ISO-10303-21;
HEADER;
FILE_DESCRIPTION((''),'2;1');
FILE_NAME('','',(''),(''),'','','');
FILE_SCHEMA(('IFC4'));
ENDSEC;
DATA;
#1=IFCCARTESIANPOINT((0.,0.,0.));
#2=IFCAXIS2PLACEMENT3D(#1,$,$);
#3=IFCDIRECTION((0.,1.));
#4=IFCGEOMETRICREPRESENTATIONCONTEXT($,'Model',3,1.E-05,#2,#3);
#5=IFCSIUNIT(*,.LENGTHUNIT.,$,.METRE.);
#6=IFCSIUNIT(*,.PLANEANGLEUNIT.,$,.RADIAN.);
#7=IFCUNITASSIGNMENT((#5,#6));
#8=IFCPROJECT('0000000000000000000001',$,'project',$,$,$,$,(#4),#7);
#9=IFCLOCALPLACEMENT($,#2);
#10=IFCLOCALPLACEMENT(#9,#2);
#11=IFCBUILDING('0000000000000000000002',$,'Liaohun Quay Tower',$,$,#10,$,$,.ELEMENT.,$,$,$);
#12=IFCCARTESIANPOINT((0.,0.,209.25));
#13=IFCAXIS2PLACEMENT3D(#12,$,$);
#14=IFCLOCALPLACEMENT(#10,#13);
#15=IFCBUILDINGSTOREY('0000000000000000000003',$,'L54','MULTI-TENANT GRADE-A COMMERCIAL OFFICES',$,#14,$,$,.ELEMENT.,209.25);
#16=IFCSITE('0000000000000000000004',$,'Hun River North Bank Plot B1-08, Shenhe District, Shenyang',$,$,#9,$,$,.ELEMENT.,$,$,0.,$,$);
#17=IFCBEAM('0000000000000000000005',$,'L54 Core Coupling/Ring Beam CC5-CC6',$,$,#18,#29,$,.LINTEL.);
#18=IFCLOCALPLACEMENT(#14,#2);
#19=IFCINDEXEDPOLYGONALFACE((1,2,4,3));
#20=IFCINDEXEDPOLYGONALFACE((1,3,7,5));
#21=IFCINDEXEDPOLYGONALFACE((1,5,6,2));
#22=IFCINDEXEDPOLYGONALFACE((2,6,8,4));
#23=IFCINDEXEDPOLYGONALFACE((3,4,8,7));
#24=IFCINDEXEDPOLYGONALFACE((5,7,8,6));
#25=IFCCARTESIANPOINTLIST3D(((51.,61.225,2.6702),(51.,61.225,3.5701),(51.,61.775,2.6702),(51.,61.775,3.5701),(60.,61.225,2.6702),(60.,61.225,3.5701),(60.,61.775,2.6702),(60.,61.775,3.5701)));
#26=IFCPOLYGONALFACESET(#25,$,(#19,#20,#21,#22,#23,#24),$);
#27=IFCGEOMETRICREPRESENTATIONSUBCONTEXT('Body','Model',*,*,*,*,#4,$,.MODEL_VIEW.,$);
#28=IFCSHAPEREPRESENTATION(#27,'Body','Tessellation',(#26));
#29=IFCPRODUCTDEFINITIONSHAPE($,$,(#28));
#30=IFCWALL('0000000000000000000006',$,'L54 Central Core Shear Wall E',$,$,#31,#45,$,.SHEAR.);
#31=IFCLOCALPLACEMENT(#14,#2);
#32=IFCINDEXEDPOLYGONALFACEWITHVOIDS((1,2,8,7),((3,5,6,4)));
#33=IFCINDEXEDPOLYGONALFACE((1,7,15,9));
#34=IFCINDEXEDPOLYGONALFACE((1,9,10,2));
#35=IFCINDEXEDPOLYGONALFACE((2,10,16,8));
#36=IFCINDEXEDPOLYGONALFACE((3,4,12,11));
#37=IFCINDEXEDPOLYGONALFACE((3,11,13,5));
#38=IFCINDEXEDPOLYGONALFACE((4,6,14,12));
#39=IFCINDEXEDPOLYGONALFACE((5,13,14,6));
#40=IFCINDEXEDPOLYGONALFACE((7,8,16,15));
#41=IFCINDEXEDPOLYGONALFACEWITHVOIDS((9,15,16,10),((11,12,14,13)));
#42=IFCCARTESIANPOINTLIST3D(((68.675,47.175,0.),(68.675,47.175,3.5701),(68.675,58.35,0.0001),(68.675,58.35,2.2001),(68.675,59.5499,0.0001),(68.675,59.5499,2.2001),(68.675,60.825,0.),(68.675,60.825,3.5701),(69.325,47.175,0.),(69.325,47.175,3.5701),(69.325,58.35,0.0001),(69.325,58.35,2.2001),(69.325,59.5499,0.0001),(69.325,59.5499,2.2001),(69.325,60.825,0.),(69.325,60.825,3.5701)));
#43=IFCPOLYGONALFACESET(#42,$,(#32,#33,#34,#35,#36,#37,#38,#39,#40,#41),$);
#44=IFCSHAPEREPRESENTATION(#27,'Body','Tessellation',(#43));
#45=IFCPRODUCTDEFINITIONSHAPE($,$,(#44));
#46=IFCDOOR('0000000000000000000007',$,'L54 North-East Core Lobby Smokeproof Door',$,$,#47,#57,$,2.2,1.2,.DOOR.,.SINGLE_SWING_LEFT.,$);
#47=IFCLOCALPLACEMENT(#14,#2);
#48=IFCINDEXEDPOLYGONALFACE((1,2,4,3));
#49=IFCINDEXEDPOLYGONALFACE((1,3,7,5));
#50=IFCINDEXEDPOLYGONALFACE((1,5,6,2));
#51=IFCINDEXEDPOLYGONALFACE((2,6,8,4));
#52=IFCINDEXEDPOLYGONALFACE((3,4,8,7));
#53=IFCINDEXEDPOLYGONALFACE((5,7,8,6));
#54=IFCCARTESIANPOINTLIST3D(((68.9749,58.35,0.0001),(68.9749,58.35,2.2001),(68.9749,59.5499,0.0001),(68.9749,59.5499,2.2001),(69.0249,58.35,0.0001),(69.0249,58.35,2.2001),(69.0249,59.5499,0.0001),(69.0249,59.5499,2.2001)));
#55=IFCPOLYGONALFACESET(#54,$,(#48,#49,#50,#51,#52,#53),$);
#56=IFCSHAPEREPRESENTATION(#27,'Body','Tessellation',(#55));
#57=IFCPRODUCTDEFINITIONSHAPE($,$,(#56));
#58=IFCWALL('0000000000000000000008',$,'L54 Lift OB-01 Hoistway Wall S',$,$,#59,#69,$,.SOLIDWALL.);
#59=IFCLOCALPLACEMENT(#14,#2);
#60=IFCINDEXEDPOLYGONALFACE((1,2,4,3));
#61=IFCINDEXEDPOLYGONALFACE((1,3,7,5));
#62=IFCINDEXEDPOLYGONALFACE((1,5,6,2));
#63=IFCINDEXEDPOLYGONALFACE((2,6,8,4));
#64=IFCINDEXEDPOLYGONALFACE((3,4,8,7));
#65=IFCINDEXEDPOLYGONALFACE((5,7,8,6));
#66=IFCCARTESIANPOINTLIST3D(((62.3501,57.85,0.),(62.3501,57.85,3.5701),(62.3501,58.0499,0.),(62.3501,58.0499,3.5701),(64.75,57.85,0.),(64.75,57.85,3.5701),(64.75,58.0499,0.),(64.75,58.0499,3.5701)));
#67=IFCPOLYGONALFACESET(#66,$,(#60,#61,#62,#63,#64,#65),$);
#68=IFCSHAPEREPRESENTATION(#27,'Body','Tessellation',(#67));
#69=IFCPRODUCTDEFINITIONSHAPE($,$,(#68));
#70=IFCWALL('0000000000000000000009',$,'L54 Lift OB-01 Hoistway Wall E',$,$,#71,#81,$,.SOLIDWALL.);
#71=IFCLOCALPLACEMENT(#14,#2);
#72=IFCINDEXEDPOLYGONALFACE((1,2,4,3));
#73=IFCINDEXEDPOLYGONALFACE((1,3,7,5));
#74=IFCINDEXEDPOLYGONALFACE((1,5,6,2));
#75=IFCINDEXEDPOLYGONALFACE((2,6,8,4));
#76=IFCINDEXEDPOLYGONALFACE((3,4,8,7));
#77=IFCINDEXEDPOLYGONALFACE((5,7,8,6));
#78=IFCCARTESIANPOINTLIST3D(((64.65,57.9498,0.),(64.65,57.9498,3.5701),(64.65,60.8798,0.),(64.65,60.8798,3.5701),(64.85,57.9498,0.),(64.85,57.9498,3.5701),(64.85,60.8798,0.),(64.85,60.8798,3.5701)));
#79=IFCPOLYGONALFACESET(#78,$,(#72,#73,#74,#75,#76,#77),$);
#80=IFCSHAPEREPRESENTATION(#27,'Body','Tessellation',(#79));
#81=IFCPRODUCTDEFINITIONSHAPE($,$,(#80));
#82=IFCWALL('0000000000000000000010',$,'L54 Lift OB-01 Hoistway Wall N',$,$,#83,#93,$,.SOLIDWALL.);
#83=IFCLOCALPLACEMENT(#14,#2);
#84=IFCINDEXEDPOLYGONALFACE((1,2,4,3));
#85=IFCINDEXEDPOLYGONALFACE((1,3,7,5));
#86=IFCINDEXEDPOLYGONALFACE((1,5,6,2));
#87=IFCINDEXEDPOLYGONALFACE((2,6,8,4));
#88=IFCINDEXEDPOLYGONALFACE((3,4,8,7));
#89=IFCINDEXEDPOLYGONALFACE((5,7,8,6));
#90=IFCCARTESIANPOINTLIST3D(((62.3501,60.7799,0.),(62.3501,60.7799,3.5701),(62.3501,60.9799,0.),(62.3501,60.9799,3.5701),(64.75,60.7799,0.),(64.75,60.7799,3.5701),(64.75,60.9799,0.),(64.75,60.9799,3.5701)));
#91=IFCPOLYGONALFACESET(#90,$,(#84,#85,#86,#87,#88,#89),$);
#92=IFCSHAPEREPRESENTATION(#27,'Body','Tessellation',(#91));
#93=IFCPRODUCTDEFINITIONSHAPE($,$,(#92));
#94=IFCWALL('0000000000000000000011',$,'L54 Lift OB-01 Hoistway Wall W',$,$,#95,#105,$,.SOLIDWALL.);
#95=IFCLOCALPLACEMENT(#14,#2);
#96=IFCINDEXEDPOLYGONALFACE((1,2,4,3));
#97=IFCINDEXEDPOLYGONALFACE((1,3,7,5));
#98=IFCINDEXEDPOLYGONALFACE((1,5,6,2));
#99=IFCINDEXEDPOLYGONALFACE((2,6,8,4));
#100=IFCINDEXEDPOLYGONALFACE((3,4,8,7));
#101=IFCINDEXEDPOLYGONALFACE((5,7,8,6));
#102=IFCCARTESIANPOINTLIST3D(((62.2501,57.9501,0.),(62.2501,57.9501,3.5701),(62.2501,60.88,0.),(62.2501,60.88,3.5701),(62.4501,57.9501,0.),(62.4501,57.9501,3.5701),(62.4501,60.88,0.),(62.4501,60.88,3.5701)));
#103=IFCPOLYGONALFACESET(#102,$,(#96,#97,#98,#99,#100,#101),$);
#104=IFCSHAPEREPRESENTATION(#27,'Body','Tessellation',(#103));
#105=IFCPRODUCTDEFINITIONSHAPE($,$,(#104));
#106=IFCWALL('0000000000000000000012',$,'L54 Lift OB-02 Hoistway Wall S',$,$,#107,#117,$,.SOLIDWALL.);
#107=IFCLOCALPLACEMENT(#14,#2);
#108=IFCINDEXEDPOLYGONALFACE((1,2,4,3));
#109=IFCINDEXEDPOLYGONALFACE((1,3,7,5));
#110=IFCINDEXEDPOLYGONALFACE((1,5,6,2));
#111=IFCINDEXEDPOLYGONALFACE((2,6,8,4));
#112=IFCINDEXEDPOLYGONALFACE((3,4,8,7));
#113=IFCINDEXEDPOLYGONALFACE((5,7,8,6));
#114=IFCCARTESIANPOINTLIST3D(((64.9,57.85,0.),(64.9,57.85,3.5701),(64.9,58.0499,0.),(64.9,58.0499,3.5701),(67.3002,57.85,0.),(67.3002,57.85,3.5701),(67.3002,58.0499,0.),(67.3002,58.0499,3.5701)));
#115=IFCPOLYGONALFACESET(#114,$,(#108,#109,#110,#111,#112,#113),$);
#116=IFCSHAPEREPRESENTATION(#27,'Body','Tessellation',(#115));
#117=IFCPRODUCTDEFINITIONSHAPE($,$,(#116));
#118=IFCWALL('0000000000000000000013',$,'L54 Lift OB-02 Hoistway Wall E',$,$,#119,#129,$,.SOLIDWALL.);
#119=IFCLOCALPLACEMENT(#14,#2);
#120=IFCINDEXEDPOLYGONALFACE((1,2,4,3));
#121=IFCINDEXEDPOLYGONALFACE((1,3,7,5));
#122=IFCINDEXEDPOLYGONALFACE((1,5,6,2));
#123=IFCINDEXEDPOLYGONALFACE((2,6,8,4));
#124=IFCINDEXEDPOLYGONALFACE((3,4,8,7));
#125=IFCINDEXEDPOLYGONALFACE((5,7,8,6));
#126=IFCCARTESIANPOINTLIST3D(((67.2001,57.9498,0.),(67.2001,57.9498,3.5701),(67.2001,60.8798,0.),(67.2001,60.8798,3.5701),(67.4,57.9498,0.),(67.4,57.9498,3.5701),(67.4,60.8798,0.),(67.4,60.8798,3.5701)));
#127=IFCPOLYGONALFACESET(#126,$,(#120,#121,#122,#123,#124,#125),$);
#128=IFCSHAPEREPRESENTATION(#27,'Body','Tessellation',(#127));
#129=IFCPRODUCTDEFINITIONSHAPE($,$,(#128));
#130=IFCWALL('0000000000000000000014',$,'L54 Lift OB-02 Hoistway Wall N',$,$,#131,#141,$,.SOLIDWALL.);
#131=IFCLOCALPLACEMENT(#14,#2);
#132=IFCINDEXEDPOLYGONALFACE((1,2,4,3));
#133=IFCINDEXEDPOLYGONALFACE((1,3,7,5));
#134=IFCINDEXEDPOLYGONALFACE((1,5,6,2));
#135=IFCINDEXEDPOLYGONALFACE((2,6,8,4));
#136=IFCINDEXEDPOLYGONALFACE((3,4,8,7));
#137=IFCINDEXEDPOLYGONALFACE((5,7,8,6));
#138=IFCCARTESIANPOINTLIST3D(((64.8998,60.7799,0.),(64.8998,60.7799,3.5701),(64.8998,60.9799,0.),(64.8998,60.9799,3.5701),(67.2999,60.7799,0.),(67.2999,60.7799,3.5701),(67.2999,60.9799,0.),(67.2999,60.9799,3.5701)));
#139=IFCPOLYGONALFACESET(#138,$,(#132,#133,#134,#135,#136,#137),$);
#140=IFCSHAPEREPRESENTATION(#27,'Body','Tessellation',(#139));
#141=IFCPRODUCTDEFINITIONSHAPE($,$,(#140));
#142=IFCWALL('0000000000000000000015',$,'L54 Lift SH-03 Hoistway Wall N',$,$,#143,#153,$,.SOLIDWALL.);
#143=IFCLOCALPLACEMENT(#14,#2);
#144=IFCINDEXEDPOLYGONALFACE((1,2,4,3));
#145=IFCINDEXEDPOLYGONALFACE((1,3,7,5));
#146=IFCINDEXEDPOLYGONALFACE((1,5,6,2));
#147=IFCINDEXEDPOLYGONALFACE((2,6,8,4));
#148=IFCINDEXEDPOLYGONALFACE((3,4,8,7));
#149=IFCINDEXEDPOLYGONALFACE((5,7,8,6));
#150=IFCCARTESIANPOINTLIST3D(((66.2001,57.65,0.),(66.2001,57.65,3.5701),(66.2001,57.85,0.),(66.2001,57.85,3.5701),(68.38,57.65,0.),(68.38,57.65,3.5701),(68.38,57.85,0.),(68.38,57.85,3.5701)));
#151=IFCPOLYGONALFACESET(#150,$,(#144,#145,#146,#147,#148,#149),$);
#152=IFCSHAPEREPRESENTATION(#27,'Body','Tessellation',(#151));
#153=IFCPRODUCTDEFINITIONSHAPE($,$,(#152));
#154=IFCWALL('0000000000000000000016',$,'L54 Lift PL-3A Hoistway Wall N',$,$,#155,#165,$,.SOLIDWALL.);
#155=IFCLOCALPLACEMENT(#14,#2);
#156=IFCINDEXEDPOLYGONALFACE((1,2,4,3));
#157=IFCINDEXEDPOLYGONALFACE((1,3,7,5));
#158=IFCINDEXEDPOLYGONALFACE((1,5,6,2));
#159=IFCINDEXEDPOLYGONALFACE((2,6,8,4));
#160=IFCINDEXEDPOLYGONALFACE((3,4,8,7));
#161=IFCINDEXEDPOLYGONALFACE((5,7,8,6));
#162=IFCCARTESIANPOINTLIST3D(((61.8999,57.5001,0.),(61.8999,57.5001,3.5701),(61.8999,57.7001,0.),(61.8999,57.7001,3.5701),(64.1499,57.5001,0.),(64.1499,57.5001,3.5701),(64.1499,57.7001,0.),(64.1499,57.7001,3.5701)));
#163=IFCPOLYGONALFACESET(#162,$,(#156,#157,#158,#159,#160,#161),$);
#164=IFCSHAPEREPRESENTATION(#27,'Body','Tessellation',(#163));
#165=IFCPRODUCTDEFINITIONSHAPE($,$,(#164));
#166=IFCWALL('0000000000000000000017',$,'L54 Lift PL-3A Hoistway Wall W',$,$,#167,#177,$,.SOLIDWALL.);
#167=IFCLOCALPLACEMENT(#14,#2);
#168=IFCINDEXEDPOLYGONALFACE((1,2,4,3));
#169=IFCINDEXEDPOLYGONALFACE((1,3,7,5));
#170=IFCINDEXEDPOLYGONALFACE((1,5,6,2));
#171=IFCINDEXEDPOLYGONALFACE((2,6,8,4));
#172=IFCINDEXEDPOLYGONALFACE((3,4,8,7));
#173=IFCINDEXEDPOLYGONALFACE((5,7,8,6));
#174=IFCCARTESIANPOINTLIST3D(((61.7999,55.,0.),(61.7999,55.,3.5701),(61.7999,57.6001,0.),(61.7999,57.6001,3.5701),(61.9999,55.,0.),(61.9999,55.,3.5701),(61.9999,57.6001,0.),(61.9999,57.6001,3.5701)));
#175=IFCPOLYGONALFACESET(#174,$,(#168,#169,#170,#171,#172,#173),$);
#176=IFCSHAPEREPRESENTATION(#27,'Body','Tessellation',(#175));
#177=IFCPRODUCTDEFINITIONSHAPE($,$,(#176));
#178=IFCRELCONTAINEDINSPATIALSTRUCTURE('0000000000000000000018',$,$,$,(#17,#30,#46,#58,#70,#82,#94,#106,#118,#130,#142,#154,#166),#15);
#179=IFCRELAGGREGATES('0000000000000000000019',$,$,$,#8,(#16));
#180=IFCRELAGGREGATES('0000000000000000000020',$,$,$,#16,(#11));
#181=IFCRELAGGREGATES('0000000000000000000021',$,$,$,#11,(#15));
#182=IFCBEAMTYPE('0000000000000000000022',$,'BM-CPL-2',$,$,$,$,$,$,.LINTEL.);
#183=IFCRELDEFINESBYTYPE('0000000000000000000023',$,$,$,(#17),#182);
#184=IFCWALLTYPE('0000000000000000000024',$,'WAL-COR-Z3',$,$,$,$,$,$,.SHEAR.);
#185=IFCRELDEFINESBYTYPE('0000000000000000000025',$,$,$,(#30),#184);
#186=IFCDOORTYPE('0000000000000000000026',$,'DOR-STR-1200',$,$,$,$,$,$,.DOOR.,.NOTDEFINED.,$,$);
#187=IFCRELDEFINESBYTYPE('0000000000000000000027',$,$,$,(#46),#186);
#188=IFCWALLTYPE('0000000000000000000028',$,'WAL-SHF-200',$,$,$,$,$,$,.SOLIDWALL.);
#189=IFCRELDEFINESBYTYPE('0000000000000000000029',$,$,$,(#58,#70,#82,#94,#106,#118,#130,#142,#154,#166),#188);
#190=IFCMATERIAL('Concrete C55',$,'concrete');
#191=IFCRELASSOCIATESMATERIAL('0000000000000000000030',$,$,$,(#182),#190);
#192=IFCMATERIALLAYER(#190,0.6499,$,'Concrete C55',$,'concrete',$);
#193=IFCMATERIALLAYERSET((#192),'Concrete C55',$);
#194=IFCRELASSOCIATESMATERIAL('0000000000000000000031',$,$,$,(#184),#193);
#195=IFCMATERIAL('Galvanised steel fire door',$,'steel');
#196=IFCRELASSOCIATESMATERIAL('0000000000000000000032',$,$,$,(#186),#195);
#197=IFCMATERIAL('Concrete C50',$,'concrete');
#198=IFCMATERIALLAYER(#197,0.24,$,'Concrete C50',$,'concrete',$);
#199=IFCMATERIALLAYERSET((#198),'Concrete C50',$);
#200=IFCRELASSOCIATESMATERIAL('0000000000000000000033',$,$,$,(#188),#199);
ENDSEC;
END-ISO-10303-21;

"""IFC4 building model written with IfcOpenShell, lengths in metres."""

from ifc_helpers import new_model, si_unit, direction, frame, frame_2d, origin, origin_2d, place, context, subcontext, project, spatial, rectangle, extrude, source, transform, mapped, material, layer, layer_set, material_profile, profile_set, type_object, element, fill, save


model = new_model("IFC4")

# Units and contexts
model_context = context("Model", 3, precision=1e-05, world=origin(), true_north=direction((0.0, 1.0)))
body_context = subcontext(model_context, "Body", "Model", "MODEL_VIEW")
ifc_project = project(units=[si_unit("LENGTHUNIT", "METRE"), si_unit("PLANEANGLEUNIT", "RADIAN")], contexts=[model_context])

# Site, building, storey
site_placement = place(None, origin())
site = spatial("IfcSite", under=ifc_project, at=site_placement, Name="Hun River North Bank Plot B1-08, Shenhe District, Shenyang", CompositionType="ELEMENT", RefElevation=0.0)
building_placement = place(site_placement, origin())
building = spatial("IfcBuilding", under=site, at=building_placement, Name="Liaohun Quay Tower", CompositionType="ELEMENT")
storey_placement = place(building_placement, frame((0.0, 0.0, 209.25)))
storey = spatial("IfcBuildingStorey", under=building, at=storey_placement, Name="L54", Description="MULTI-TENANT GRADE-A COMMERCIAL OFFICES", CompositionType="ELEMENT", Elevation=209.25)

# Beam
ifc_material_1 = material(Name="Concrete C55", Category="concrete")
ifc_material_profile = material_profile(ifc_material_1, rectangle(XDim=0.55, YDim=0.8999, at=origin_2d()), Name="RC550x900")
ifc_profile_set = profile_set([ifc_material_profile], Name="Concrete C55")
beam_type = type_object("IfcBeamType", Name="BM-CPL-2", PredefinedType="LINTEL", material=ifc_profile_set)
shared_shape_1 = source(origin(), body_context, "Body", "SweptSolid", [
    extrude(rectangle(XDim=0.55, YDim=0.8999, at=origin_2d()), origin(), (0.0, 0.0, 1.0), 9.0),
])
beam_placement = place(storey_placement, frame((60.0, 61.5, 3.1201), z_axis=(-1.0, 0.0, 0.0), x_axis=(0.0, -1.0, 0.0)))
element("IfcBeam", 1, at=beam_placement, inside=storey, type_object=beam_type, Name="L54 Core Coupling/Ring Beam CC5-CC6", PredefinedType="LINTEL", context=body_context, shape_type="MappedRepresentation", body=[
    mapped(shared_shape_1, transform((0.0, 0.0, 0.0), x_axis=(1.0, 0.0, 0.0), y_axis=(0.0, 1.0, 0.0), z_axis=(0.0, 0.0, 1.0), scale=1.0)),
])

# Wall, opening, door
ifc_layer_1 = layer(ifc_material_1, 0.6499, Name="Concrete C55", Category="concrete")
ifc_layer_set_1 = layer_set([ifc_layer_1], Name="Concrete C55")
wall_type_1 = type_object("IfcWallType", Name="WAL-COR-Z3", PredefinedType="SHEAR", material=ifc_layer_set_1)
wall_1_placement = place(storey_placement, frame((69.0, 60.825, 0.0), z_axis=(0.0, 0.0, 1.0), x_axis=(0.0, -1.0, 0.0)))
wall_1 = element("IfcWall", 2, at=wall_1_placement, inside=storey, type_object=wall_type_1, Name="L54 Central Core Shear Wall E", PredefinedType="SHEAR", context=body_context, shape_type="SweptSolid", body=[
    extrude(rectangle(XDim=13.6499, YDim=0.6499, at=frame_2d((6.825, 0.0))), origin(), (0.0, 0.0, 1.0), 3.5701),
])
shared_shape_2 = source(origin(), body_context, "Body", "SweptSolid", [
    extrude(rectangle(XDim=1.2, YDim=2.2, at=frame_2d((0.6001, 1.1001))), frame((0.0, 0.335, 0.0), z_axis=(0.0, -1.0, 0.0), x_axis=(1.0, 0.0, 0.0)), (0.0, 0.0, 1.0), 0.6699),
])
opening_placement = place(wall_1_placement, frame((1.2749, 0.0, 0.0)))
opening = element("IfcOpeningElement", 3, at=opening_placement, cuts=wall_1, PredefinedType="OPENING", context=body_context, shape_type="MappedRepresentation", body=[
    mapped(shared_shape_2, transform((0.0, 0.0, 0.0), x_axis=(1.0, 0.0, 0.0), y_axis=(0.0, 1.0, 0.0), z_axis=(0.0, 0.0, 1.0), scale=1.0)),
])
ifc_material_2 = material(Name="Galvanised steel fire door", Category="steel")
door_type = type_object("IfcDoorType", Name="DOR-STR-1200", OperationType="NOTDEFINED", PredefinedType="DOOR", material=ifc_material_2)
shared_shape_3 = source(origin(), body_context, "Body", "SweptSolid", [
    extrude(rectangle(XDim=1.2, YDim=2.2, at=frame_2d((0.6001, 1.1001))), frame((0.0, 0.0249, 0.0), z_axis=(0.0, -1.0, 0.0), x_axis=(1.0, 0.0, 0.0)), (0.0, 0.0, 1.0), 0.05),
])
door_placement = place(opening_placement, origin())
door = element("IfcDoor", 4, at=door_placement, inside=storey, type_object=door_type, Name="L54 North-East Core Lobby Smokeproof Door", OperationType="SINGLE_SWING_LEFT", OverallHeight=2.2, OverallWidth=1.2, PredefinedType="DOOR", context=body_context, shape_type="MappedRepresentation", body=[
    mapped(shared_shape_3, transform((0.0, 0.0, 0.0), x_axis=(1.0, 0.0, 0.0), y_axis=(0.0, 1.0, 0.0), z_axis=(0.0, 0.0, 1.0), scale=1.0)),
])
fill(opening, door)

# Walls
ifc_material_3 = material(Name="Concrete C50", Category="concrete")
ifc_layer_2 = layer(ifc_material_3, 0.24, Name="Concrete C50", Category="concrete")
ifc_layer_set_2 = layer_set([ifc_layer_2], Name="Concrete C50")
wall_type_2 = type_object("IfcWallType", Name="WAL-SHF-200", PredefinedType="SOLIDWALL", material=ifc_layer_set_2)
wall_2_placement = place(storey_placement, frame((62.3501, 57.95, 0.0), z_axis=(0.0, 0.0, 1.0), x_axis=(1.0, 0.0, 0.0)))
element("IfcWall", 5, at=wall_2_placement, inside=storey, type_object=wall_type_2, Name="L54 Lift OB-01 Hoistway Wall S", PredefinedType="SOLIDWALL", context=body_context, shape_type="SweptSolid", body=[
    extrude(rectangle(XDim=2.3999, YDim=0.2, at=frame_2d((1.2, 0.0))), origin(), (0.0, 0.0, 1.0), 3.5701),
])
wall_3_placement = place(storey_placement, frame((64.75, 57.95, 0.0), z_axis=(0.0, 0.0, 1.0), x_axis=(0.0, 1.0, 0.0)))
element("IfcWall", 6, at=wall_3_placement, inside=storey, type_object=wall_type_2, Name="L54 Lift OB-01 Hoistway Wall E", PredefinedType="SOLIDWALL", context=body_context, shape_type="SweptSolid", body=[
    extrude(rectangle(XDim=2.9299, YDim=0.2, at=frame_2d((1.4648, 0.0))), origin(), (0.0, 0.0, 1.0), 3.5701),
])
wall_4_placement = place(storey_placement, frame((64.75, 60.8799, 0.0), z_axis=(0.0, 0.0, 1.0), x_axis=(-1.0, 0.0, 0.0)))
element("IfcWall", 7, at=wall_4_placement, inside=storey, type_object=wall_type_2, Name="L54 Lift OB-01 Hoistway Wall N", PredefinedType="SOLIDWALL", context=body_context, shape_type="SweptSolid", body=[
    extrude(rectangle(XDim=2.3999, YDim=0.2, at=frame_2d((1.2, 0.0))), origin(), (0.0, 0.0, 1.0), 3.5701),
])
wall_5_placement = place(storey_placement, frame((62.3501, 60.8799, 0.0), z_axis=(0.0, 0.0, 1.0), x_axis=(0.0, -1.0, 0.0)))
element("IfcWall", 8, at=wall_5_placement, inside=storey, type_object=wall_type_2, Name="L54 Lift OB-01 Hoistway Wall W", PredefinedType="SOLIDWALL", context=body_context, shape_type="SweptSolid", body=[
    extrude(rectangle(XDim=2.9299, YDim=0.2, at=frame_2d((1.4648, 0.0))), origin(), (0.0, 0.0, 1.0), 3.5701),
])
wall_6_placement = place(storey_placement, frame((64.8999, 57.95, 0.0), z_axis=(0.0, 0.0, 1.0), x_axis=(1.0, 0.0, 0.0)))
element("IfcWall", 9, at=wall_6_placement, inside=storey, type_object=wall_type_2, Name="L54 Lift OB-02 Hoistway Wall S", PredefinedType="SOLIDWALL", context=body_context, shape_type="SweptSolid", body=[
    extrude(rectangle(XDim=2.4001, YDim=0.2, at=frame_2d((1.2002, 0.0))), origin(), (0.0, 0.0, 1.0), 3.5701),
])
wall_7_placement = place(storey_placement, frame((67.3, 57.95, 0.0), z_axis=(0.0, 0.0, 1.0), x_axis=(0.0, 1.0, 0.0)))
element("IfcWall", 10, at=wall_7_placement, inside=storey, type_object=wall_type_2, Name="L54 Lift OB-02 Hoistway Wall E", PredefinedType="SOLIDWALL", context=body_context, shape_type="SweptSolid", body=[
    extrude(rectangle(XDim=2.9299, YDim=0.2, at=frame_2d((1.4648, 0.0))), origin(), (0.0, 0.0, 1.0), 3.5701),
])
wall_8_placement = place(storey_placement, frame((67.3, 60.8799, 0.0), z_axis=(0.0, 0.0, 1.0), x_axis=(-1.0, 0.0, 0.0)))
element("IfcWall", 11, at=wall_8_placement, inside=storey, type_object=wall_type_2, Name="L54 Lift OB-02 Hoistway Wall N", PredefinedType="SOLIDWALL", context=body_context, shape_type="SweptSolid", body=[
    extrude(rectangle(XDim=2.4001, YDim=0.2, at=frame_2d((1.2002, 0.0))), origin(), (0.0, 0.0, 1.0), 3.5701),
])
wall_9_placement = place(storey_placement, frame((68.3799, 57.75, 0.0), z_axis=(0.0, 0.0, 1.0), x_axis=(-1.0, 0.0, 0.0)))
element("IfcWall", 12, at=wall_9_placement, inside=storey, type_object=wall_type_2, Name="L54 Lift SH-03 Hoistway Wall N", PredefinedType="SOLIDWALL", context=body_context, shape_type="SweptSolid", body=[
    extrude(rectangle(XDim=2.1799, YDim=0.2, at=frame_2d((1.0898, 0.0))), origin(), (0.0, 0.0, 1.0), 3.5701),
])
wall_10_placement = place(storey_placement, frame((64.1499, 57.6001, 0.0), z_axis=(0.0, 0.0, 1.0), x_axis=(-1.0, 0.0, 0.0)))
element("IfcWall", 13, at=wall_10_placement, inside=storey, type_object=wall_type_2, Name="L54 Lift PL-3A Hoistway Wall N", PredefinedType="SOLIDWALL", context=body_context, shape_type="SweptSolid", body=[
    extrude(rectangle(XDim=2.25, YDim=0.2, at=frame_2d((1.125, 0.0))), origin(), (0.0, 0.0, 1.0), 3.5701),
])
wall_11_placement = place(storey_placement, frame((61.8999, 57.6001, 0.0), z_axis=(0.0, 0.0, 1.0), x_axis=(0.0, -1.0, 0.0)))
element("IfcWall", 14, at=wall_11_placement, inside=storey, type_object=wall_type_2, Name="L54 Lift PL-3A Hoistway Wall W", PredefinedType="SOLIDWALL", context=body_context, shape_type="SweptSolid", body=[
    extrude(rectangle(XDim=2.6001, YDim=0.2, at=frame_2d((1.3, 0.0))), origin(), (0.0, 0.0, 1.0), 3.5701),
])

save(model, "model.ifc")
